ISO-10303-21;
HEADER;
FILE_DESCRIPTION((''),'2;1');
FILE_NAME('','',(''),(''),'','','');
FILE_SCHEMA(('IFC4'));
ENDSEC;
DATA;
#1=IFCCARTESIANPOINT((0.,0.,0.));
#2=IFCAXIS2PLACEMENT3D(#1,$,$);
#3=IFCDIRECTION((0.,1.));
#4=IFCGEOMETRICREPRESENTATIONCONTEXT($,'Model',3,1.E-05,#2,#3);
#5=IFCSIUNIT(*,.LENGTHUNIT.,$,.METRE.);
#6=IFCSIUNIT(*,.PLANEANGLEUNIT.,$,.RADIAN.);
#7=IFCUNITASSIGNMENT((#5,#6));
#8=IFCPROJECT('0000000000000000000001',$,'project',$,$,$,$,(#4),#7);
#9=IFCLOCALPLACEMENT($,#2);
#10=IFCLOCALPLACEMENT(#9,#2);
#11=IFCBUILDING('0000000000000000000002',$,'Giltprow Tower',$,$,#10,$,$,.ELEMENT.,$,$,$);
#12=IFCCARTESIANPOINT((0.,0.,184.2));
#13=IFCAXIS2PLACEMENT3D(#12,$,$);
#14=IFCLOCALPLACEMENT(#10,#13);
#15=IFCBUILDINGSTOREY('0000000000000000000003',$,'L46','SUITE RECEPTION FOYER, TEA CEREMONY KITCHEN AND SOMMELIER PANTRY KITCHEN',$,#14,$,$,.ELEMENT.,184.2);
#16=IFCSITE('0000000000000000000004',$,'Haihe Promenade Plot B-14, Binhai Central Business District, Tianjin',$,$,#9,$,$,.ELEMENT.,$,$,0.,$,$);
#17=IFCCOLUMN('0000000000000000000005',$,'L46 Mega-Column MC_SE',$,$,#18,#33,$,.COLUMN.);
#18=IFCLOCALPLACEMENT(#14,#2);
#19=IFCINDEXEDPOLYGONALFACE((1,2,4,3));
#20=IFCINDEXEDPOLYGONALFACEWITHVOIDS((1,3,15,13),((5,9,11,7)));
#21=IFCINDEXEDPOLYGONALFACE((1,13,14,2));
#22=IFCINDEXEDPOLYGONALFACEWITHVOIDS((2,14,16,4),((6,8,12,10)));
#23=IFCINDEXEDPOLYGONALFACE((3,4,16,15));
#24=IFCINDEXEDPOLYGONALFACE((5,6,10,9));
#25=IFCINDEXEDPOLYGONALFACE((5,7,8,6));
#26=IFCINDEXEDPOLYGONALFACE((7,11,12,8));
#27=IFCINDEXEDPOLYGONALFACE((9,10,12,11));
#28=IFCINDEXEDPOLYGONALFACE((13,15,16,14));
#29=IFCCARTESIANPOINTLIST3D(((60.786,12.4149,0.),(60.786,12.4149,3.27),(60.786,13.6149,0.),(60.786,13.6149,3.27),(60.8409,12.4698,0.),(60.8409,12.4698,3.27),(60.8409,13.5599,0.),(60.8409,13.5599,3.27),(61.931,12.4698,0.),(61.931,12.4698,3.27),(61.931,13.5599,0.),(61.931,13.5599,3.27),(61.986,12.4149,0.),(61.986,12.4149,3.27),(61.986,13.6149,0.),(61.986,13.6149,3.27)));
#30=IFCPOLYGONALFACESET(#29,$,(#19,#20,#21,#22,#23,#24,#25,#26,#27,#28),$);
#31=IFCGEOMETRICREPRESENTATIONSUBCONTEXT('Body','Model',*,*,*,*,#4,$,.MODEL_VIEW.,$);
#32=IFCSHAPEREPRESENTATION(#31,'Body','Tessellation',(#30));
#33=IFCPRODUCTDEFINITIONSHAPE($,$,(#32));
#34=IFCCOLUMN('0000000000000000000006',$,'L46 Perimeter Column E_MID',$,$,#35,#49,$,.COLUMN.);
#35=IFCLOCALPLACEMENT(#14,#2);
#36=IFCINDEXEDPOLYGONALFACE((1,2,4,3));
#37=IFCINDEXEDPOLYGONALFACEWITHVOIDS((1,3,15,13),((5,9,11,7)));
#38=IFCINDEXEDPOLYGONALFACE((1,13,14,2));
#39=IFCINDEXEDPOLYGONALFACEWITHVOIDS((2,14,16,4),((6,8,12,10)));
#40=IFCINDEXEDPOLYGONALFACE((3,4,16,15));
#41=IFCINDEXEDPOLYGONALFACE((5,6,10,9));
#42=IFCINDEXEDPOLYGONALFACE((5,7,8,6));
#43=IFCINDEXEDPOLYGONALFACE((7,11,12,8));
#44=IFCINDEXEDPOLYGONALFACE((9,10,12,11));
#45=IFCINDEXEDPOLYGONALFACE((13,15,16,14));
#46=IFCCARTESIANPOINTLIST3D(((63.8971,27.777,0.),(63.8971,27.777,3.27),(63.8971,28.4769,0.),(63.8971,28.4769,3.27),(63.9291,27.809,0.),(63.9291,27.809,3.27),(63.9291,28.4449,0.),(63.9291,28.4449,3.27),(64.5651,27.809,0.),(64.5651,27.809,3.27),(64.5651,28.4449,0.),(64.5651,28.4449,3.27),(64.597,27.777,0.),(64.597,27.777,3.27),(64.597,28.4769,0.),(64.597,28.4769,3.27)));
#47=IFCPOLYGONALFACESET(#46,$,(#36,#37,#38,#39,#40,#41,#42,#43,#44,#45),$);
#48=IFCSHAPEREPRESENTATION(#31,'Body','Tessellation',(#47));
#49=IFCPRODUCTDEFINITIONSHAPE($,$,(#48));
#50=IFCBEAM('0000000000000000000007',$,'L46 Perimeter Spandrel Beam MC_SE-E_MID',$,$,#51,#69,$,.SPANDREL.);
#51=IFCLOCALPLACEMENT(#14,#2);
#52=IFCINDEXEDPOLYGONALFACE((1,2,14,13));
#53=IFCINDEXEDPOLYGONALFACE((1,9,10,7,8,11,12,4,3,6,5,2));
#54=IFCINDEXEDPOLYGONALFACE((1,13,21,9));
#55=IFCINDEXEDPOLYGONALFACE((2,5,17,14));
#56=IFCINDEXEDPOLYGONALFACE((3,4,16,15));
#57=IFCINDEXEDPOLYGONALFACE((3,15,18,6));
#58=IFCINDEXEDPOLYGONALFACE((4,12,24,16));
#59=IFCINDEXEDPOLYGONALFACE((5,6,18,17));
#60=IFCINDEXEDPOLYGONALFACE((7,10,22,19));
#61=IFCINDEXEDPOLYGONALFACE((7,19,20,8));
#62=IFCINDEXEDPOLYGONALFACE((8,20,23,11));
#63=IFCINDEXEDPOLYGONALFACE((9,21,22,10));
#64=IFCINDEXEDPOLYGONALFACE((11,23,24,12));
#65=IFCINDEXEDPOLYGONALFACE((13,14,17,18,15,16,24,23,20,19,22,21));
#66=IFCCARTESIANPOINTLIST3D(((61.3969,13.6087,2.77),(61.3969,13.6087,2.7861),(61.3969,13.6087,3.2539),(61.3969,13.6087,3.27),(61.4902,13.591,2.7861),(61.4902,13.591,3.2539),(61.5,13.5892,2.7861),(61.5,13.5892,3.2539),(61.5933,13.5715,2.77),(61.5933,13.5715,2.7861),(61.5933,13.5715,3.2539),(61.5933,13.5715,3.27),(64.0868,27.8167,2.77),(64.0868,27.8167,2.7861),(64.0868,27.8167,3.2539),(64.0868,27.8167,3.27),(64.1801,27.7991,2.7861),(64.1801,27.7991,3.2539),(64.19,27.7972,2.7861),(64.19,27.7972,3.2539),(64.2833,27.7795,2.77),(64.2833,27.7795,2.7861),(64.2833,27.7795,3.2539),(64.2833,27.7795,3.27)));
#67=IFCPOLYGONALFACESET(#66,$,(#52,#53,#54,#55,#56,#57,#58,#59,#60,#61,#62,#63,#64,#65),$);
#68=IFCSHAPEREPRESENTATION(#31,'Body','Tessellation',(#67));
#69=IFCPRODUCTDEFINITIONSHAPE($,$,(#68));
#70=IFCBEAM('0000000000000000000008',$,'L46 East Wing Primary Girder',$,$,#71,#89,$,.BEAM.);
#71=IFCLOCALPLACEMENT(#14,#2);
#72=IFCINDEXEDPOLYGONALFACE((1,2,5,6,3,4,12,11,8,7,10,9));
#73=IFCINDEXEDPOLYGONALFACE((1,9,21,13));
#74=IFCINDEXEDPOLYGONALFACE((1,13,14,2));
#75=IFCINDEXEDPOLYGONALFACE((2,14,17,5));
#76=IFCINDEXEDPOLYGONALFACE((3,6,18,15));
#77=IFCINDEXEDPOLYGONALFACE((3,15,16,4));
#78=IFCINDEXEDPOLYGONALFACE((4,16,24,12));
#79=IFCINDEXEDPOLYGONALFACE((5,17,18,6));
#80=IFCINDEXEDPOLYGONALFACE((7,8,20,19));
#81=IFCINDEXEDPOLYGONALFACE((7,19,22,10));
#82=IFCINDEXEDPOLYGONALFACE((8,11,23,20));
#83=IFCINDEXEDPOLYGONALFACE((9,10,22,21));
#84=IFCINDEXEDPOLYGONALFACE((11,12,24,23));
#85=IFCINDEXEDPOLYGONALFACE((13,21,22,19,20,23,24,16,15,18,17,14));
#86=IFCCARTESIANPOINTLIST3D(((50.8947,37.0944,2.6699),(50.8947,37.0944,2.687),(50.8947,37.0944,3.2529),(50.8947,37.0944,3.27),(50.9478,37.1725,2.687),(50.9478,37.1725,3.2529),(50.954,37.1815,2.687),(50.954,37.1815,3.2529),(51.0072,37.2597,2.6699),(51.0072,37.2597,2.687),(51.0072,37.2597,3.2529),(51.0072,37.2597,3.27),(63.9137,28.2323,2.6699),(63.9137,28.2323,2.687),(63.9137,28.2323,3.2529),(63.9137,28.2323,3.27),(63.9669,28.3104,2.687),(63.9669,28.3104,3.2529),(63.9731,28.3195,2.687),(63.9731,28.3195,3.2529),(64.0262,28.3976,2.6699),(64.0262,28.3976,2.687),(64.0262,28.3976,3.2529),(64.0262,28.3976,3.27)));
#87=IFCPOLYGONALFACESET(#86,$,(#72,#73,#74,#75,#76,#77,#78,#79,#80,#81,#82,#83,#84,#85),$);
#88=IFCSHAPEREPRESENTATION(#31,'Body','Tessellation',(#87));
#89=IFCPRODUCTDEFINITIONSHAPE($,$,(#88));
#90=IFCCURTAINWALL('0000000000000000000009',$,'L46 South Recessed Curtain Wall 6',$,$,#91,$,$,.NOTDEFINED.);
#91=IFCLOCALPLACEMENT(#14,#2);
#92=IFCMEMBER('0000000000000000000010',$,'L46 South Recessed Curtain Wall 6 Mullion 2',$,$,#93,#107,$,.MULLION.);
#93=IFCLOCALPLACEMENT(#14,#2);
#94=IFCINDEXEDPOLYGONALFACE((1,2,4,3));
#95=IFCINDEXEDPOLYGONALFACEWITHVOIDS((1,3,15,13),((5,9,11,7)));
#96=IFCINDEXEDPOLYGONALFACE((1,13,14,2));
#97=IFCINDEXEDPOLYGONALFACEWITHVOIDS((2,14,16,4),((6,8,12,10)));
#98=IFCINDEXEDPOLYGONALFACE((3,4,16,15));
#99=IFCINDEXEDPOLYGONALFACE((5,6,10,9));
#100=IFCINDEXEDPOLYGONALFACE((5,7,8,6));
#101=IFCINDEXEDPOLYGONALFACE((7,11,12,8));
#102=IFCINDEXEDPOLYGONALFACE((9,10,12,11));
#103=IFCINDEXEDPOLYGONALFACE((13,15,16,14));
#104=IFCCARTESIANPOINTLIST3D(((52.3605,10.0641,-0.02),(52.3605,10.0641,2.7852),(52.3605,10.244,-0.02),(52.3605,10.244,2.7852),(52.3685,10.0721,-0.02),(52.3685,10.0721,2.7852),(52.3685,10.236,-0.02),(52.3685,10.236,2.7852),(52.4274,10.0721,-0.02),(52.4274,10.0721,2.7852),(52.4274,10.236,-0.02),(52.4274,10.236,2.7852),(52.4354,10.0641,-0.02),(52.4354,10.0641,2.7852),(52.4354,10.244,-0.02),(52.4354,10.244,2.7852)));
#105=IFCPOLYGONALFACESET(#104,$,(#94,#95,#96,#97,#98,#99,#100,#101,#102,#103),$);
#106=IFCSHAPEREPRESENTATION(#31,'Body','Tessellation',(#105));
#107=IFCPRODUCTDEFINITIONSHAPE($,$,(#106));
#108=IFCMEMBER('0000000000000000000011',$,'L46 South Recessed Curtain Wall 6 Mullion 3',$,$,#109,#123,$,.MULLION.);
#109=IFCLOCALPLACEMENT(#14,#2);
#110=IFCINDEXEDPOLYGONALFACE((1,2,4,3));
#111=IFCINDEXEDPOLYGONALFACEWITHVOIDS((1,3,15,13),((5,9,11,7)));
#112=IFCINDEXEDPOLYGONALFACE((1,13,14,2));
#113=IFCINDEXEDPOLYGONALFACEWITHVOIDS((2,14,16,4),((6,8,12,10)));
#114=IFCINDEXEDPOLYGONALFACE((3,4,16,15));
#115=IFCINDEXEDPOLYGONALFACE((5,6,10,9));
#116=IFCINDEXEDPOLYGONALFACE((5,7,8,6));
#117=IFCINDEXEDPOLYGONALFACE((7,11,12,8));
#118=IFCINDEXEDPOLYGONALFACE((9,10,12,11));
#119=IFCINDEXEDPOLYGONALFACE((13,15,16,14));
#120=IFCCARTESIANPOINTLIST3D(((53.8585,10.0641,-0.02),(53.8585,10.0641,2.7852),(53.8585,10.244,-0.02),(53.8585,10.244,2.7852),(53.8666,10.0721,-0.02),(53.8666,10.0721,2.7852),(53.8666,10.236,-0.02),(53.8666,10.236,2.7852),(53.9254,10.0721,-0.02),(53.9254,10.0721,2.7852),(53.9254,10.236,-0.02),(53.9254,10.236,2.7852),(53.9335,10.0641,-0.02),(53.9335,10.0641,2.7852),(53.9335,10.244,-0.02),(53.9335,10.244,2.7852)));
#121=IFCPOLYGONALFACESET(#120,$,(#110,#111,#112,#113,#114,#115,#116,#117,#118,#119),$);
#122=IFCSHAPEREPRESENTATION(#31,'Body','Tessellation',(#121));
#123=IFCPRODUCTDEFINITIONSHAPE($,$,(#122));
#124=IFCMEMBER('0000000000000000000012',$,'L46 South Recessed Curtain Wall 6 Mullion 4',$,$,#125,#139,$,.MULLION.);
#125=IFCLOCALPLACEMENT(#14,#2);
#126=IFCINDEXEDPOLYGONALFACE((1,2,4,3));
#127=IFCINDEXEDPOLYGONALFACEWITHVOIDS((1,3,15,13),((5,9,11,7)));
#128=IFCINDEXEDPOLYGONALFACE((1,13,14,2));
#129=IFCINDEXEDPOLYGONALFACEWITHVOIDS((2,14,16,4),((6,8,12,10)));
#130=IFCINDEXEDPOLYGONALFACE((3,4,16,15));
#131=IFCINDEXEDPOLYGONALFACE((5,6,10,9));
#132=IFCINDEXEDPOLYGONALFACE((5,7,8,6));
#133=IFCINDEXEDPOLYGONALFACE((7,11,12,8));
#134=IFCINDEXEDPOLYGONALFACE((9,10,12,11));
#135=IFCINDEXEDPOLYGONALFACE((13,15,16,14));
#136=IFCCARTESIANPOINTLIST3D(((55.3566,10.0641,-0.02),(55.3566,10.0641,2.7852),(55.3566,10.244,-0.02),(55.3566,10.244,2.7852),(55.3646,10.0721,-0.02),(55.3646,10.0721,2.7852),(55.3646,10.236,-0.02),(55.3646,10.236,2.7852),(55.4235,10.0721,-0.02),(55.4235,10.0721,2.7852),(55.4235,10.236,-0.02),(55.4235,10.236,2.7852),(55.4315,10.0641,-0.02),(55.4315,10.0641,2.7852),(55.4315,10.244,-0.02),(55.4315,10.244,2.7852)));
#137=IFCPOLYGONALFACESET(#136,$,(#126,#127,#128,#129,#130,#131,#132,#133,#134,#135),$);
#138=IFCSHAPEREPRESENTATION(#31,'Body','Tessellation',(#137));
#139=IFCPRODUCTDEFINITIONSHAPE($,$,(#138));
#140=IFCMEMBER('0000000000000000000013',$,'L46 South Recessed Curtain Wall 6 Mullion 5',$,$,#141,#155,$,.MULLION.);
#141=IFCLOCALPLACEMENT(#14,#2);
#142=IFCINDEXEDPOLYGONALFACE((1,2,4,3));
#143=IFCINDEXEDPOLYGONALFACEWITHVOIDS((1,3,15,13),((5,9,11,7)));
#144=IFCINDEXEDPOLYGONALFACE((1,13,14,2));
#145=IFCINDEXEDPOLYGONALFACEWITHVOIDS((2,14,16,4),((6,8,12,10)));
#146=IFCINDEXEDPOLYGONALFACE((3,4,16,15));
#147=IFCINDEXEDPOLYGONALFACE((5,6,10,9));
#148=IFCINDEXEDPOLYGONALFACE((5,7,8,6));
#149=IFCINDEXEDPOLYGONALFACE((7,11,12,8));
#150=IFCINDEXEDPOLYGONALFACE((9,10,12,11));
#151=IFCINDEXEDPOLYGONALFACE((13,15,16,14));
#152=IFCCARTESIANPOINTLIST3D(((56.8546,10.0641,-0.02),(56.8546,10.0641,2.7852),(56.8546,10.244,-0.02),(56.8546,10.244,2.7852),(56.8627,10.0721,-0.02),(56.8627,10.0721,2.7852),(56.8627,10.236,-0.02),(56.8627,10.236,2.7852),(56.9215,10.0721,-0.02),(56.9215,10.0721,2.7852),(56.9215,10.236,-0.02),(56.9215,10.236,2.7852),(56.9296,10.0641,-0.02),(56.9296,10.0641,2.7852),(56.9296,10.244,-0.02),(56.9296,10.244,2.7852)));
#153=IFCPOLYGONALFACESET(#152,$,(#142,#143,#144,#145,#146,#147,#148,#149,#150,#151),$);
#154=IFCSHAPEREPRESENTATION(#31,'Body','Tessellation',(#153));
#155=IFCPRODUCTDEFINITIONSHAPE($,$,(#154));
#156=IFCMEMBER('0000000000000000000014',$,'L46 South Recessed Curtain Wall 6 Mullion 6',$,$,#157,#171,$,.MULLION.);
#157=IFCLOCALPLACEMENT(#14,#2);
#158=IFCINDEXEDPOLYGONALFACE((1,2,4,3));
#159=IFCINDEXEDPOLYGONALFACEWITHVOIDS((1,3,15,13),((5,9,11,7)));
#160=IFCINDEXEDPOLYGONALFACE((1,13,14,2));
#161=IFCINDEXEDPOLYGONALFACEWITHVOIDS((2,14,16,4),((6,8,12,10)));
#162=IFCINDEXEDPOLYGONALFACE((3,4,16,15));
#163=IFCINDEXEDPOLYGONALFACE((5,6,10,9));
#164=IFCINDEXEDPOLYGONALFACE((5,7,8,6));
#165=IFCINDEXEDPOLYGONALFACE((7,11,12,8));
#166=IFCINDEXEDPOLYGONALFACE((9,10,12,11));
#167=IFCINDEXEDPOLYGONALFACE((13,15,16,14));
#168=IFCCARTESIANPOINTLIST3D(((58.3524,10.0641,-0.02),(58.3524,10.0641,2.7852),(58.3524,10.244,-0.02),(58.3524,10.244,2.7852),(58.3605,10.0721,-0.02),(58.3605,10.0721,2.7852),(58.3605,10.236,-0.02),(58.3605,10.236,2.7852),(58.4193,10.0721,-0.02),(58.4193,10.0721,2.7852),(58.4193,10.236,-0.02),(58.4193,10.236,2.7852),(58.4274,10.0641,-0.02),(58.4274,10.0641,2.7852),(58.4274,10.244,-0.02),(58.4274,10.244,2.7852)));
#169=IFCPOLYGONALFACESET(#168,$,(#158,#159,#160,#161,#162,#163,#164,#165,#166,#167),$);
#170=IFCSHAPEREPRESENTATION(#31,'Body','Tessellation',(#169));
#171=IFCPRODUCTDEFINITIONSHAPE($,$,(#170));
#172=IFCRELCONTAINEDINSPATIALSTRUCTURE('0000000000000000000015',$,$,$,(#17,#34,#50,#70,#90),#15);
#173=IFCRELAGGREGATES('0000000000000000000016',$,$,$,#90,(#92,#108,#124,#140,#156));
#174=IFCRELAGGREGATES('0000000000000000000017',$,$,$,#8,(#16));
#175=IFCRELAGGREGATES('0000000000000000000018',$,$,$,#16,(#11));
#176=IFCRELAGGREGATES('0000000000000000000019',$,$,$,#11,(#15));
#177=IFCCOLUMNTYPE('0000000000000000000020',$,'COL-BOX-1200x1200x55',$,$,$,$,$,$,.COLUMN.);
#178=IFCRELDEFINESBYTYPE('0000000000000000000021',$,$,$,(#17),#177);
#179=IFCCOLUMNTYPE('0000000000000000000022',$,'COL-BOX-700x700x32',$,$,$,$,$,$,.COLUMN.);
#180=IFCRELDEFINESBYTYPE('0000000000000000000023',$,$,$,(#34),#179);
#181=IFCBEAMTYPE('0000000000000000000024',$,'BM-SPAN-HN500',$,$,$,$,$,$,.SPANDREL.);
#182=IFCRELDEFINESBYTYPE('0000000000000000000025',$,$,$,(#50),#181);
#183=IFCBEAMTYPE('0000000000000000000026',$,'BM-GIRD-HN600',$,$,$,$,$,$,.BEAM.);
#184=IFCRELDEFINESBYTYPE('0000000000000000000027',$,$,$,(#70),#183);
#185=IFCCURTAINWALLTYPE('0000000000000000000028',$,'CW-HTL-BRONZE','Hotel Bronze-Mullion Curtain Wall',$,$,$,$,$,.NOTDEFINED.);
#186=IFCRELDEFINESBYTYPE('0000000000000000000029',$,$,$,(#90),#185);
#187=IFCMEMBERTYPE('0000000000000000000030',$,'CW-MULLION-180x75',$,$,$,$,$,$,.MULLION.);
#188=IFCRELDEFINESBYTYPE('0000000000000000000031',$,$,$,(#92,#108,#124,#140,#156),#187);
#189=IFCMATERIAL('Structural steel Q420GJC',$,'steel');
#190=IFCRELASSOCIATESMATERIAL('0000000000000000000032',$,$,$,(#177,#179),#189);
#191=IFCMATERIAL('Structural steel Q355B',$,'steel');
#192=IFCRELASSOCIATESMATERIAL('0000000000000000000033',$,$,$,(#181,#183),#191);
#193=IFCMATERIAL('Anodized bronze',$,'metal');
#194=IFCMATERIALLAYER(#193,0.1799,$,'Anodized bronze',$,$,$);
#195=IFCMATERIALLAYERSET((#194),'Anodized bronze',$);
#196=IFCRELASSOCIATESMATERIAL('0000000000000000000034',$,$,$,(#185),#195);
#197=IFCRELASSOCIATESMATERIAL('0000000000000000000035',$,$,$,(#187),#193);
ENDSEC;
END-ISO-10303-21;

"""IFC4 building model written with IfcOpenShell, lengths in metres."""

from ifc_helpers import new_model, si_unit, direction, frame, origin, origin_2d, place, context, subcontext, project, spatial, hollow_rectangle, i_section, extrude, source, transform, mapped, material, layer, layer_set, material_profile, profile_set, type_object, element, aggregate, save


model = new_model("IFC4")

# Units and contexts
model_context = context("Model", 3, precision=1e-05, world=origin(), true_north=direction((0.0, 1.0)))
body_context = subcontext(model_context, "Body", "Model", "MODEL_VIEW")
ifc_project = project(units=[si_unit("LENGTHUNIT", "METRE"), si_unit("PLANEANGLEUNIT", "RADIAN")], contexts=[model_context])

# Site, building, storey
site_placement = place(None, origin())
site = spatial("IfcSite", under=ifc_project, at=site_placement, Name="Haihe Promenade Plot B-14, Binhai Central Business District, Tianjin", CompositionType="ELEMENT", RefElevation=0.0)
building_placement = place(site_placement, origin())
building = spatial("IfcBuilding", under=site, at=building_placement, Name="Giltprow Tower", CompositionType="ELEMENT")
storey_placement = place(building_placement, frame((0.0, 0.0, 184.2)))
storey = spatial("IfcBuildingStorey", under=building, at=storey_placement, Name="L46", Description="SUITE RECEPTION FOYER, TEA CEREMONY KITCHEN AND SOMMELIER PANTRY KITCHEN", CompositionType="ELEMENT", Elevation=184.2)

# Columns
ifc_material_1 = material(Name="Structural steel Q420GJC", Category="steel")
ifc_material_profile_1 = material_profile(ifc_material_1, hollow_rectangle(XDim=1.2, YDim=1.2, WallThickness=0.0549, at=origin_2d()), Name="BOX 1200x1200x55")
ifc_profile_set_1 = profile_set([ifc_material_profile_1], Name="Structural steel Q420GJC")
column_type_1 = type_object("IfcColumnType", Name="COL-BOX-1200x1200x55", PredefinedType="COLUMN", material=ifc_profile_set_1)
shared_shape_1 = source(origin(), body_context, "Body", "SweptSolid", [
    extrude(hollow_rectangle(XDim=1.2, YDim=1.2, WallThickness=0.0549, at=origin_2d()), origin(), (0.0, 0.0, 1.0), 3.27),
])
column_1_placement = place(storey_placement, frame((61.386, 13.0149, 0.0), z_axis=(0.0, 0.0, 1.0), x_axis=(1.0, 0.0, 0.0)))
element("IfcColumn", 1, at=column_1_placement, inside=storey, type_object=column_type_1, Name="L46 Mega-Column MC_SE", PredefinedType="COLUMN", context=body_context, shape_type="MappedRepresentation", body=[
    mapped(shared_shape_1, transform((0.0, 0.0, 0.0), x_axis=(1.0, 0.0, 0.0), y_axis=(0.0, 1.0, 0.0), z_axis=(0.0, 0.0, 1.0), scale=1.0)),
])
ifc_material_profile_2 = material_profile(ifc_material_1, hollow_rectangle(XDim=0.7, YDim=0.7, WallThickness=0.032, at=origin_2d()), Name="BOX 700x700x32")
ifc_profile_set_2 = profile_set([ifc_material_profile_2], Name="Structural steel Q420GJC")
column_type_2 = type_object("IfcColumnType", Name="COL-BOX-700x700x32", PredefinedType="COLUMN", material=ifc_profile_set_2)
shared_shape_2 = source(origin(), body_context, "Body", "SweptSolid", [
    extrude(hollow_rectangle(XDim=0.7, YDim=0.7, WallThickness=0.032, at=origin_2d()), origin(), (0.0, 0.0, 1.0), 3.27),
])
column_2_placement = place(storey_placement, frame((64.2471, 28.127, 0.0), z_axis=(0.0, 0.0, 1.0), x_axis=(1.0, 0.0, 0.0)))
element("IfcColumn", 2, at=column_2_placement, inside=storey, type_object=column_type_2, Name="L46 Perimeter Column E_MID", PredefinedType="COLUMN", context=body_context, shape_type="MappedRepresentation", body=[
    mapped(shared_shape_2, transform((0.0, 0.0, 0.0), x_axis=(1.0, 0.0, 0.0), y_axis=(0.0, 1.0, 0.0), z_axis=(0.0, 0.0, 1.0), scale=1.0)),
])

# Beams
ifc_material_2 = material(Name="Structural steel Q355B", Category="steel")
ifc_material_profile_3 = material_profile(ifc_material_2, i_section(OverallWidth=0.2, OverallDepth=0.5, WebThickness=0.01, FlangeThickness=0.0161, at=origin_2d()), Name="HN 500x200x10x16")
ifc_profile_set_3 = profile_set([ifc_material_profile_3], Name="Structural steel Q355B")
beam_type_1 = type_object("IfcBeamType", Name="BM-SPAN-HN500", PredefinedType="SPANDREL", material=ifc_profile_set_3)
shared_shape_3 = source(origin(), body_context, "Body", "SweptSolid", [
    extrude(i_section(OverallWidth=0.2, OverallDepth=0.5, WebThickness=0.01, FlangeThickness=0.0161, at=origin_2d()), origin(), (0.0, 0.0, 1.0), 14.4604),
])
beam_1_placement = place(storey_placement, frame((61.4951, 13.5901, 3.02), z_axis=(0.186021, 0.982546, 0.0), x_axis=(-0.982546, 0.186021, 0.0)))
element("IfcBeam", 3, at=beam_1_placement, inside=storey, type_object=beam_type_1, Name="L46 Perimeter Spandrel Beam MC_SE-E_MID", PredefinedType="SPANDREL", context=body_context, shape_type="MappedRepresentation", body=[
    mapped(shared_shape_3, transform((0.0, 0.0, 0.0), x_axis=(1.0, 0.0, 0.0), y_axis=(0.0, 1.0, 0.0), z_axis=(0.0, 0.0, 1.0), scale=1.0)),
])
ifc_material_profile_4 = material_profile(ifc_material_2, i_section(OverallWidth=0.2, OverallDepth=0.6001, WebThickness=0.011, FlangeThickness=0.0171, at=origin_2d()), Name="HN 600x200x11x17")
ifc_profile_set_4 = profile_set([ifc_material_profile_4], Name="Structural steel Q355B")
beam_type_2 = type_object("IfcBeamType", Name="BM-GIRD-HN600", PredefinedType="BEAM", material=ifc_profile_set_4)
shared_shape_4 = source(origin(), body_context, "Body", "SweptSolid", [
    extrude(i_section(OverallWidth=0.2, OverallDepth=0.6001, WebThickness=0.011, FlangeThickness=0.0171, at=origin_2d()), origin(), (0.0, 0.0, 1.0), 15.749),
])
beam_2_placement = place(storey_placement, frame((63.97, 28.3149, 2.97), z_axis=(-0.826657, 0.562706, 0.0), x_axis=(-0.562706, -0.826657, 0.0)))
element("IfcBeam", 4, at=beam_2_placement, inside=storey, type_object=beam_type_2, Name="L46 East Wing Primary Girder", PredefinedType="BEAM", context=body_context, shape_type="MappedRepresentation", body=[
    mapped(shared_shape_4, transform((0.0, 0.0, 0.0), x_axis=(1.0, 0.0, 0.0), y_axis=(0.0, 1.0, 0.0), z_axis=(0.0, 0.0, 1.0), scale=1.0)),
])

# Curtain wall, members
ifc_material_3 = material(Name="Anodized bronze", Category="metal")
ifc_layer_1 = layer(ifc_material_3, 0.1799, Name="Anodized bronze")
ifc_layer_set_1 = layer_set([ifc_layer_1], Name="Anodized bronze")
curtain_wall_type = type_object("IfcCurtainWallType", Name="CW-HTL-BRONZE", Description="Hotel Bronze-Mullion Curtain Wall", PredefinedType="NOTDEFINED", material=ifc_layer_set_1)
curtain_wall_placement = place(storey_placement, origin())
curtain_wall = element("IfcCurtainWall", 5, at=curtain_wall_placement, inside=storey, type_object=curtain_wall_type, Name="L46 South Recessed Curtain Wall 6", PredefinedType="NOTDEFINED")
ifc_material_profile_5 = material_profile(ifc_material_3, hollow_rectangle(XDim=0.075, YDim=0.1799, WallThickness=0.0081, at=origin_2d()), Name="RHS 180x75x8")
ifc_profile_set_5 = profile_set([ifc_material_profile_5], Name="Anodized bronze")
member_type = type_object("IfcMemberType", Name="CW-MULLION-180x75", PredefinedType="MULLION", material=ifc_profile_set_5)
shared_shape_5 = source(origin(), body_context, "Body", "SweptSolid", [
    extrude(hollow_rectangle(XDim=0.075, YDim=0.1799, WallThickness=0.0081, at=origin_2d()), origin(), (0.0, 0.0, 1.0), 2.8052),
])
member_1_placement = place(storey_placement, frame((52.3979, 10.1541, -0.02), z_axis=(0.0, 0.0, 1.0), x_axis=(1.0, 0.0, 0.0)))
member_1 = element("IfcMember", 6, at=member_1_placement, type_object=member_type, Name="L46 South Recessed Curtain Wall 6 Mullion 2", PredefinedType="MULLION", context=body_context, shape_type="MappedRepresentation", body=[
    mapped(shared_shape_5, transform((0.0, 0.0, 0.0), x_axis=(1.0, 0.0, 0.0), y_axis=(0.0, 1.0, 0.0), z_axis=(0.0, 0.0, 1.0), scale=1.0)),
])
member_2_placement = place(storey_placement, frame((53.896, 10.1541, -0.02), z_axis=(0.0, 0.0, 1.0), x_axis=(1.0, 0.0, 0.0)))
member_2 = element("IfcMember", 7, at=member_2_placement, type_object=member_type, Name="L46 South Recessed Curtain Wall 6 Mullion 3", PredefinedType="MULLION", context=body_context, shape_type="MappedRepresentation", body=[
    mapped(shared_shape_5, transform((0.0, 0.0, 0.0), x_axis=(1.0, 0.0, 0.0), y_axis=(0.0, 1.0, 0.0), z_axis=(0.0, 0.0, 1.0), scale=1.0)),
])
member_3_placement = place(storey_placement, frame((55.394, 10.1541, -0.02), z_axis=(0.0, 0.0, 1.0), x_axis=(1.0, 0.0, 0.0)))
member_3 = element("IfcMember", 8, at=member_3_placement, type_object=member_type, Name="L46 South Recessed Curtain Wall 6 Mullion 4", PredefinedType="MULLION", context=body_context, shape_type="MappedRepresentation", body=[
    mapped(shared_shape_5, transform((0.0, 0.0, 0.0), x_axis=(1.0, 0.0, 0.0), y_axis=(0.0, 1.0, 0.0), z_axis=(0.0, 0.0, 1.0), scale=1.0)),
])
member_4_placement = place(storey_placement, frame((56.8921, 10.1541, -0.02), z_axis=(0.0, 0.0, 1.0), x_axis=(1.0, 0.0, 0.0)))
member_4 = element("IfcMember", 9, at=member_4_placement, type_object=member_type, Name="L46 South Recessed Curtain Wall 6 Mullion 5", PredefinedType="MULLION", context=body_context, shape_type="MappedRepresentation", body=[
    mapped(shared_shape_5, transform((0.0, 0.0, 0.0), x_axis=(1.0, 0.0, 0.0), y_axis=(0.0, 1.0, 0.0), z_axis=(0.0, 0.0, 1.0), scale=1.0)),
])
member_5_placement = place(storey_placement, frame((58.3899, 10.1541, -0.02), z_axis=(0.0, 0.0, 1.0), x_axis=(1.0, 0.0, 0.0)))
member_5 = element("IfcMember", 10, at=member_5_placement, type_object=member_type, Name="L46 South Recessed Curtain Wall 6 Mullion 6", PredefinedType="MULLION", context=body_context, shape_type="MappedRepresentation", body=[
    mapped(shared_shape_5, transform((0.0, 0.0, 0.0), x_axis=(1.0, 0.0, 0.0), y_axis=(0.0, 1.0, 0.0), z_axis=(0.0, 0.0, 1.0), scale=1.0)),
])
aggregate(curtain_wall, [member_1, member_2, member_3, member_4, member_5])

save(model, "model.ifc")
